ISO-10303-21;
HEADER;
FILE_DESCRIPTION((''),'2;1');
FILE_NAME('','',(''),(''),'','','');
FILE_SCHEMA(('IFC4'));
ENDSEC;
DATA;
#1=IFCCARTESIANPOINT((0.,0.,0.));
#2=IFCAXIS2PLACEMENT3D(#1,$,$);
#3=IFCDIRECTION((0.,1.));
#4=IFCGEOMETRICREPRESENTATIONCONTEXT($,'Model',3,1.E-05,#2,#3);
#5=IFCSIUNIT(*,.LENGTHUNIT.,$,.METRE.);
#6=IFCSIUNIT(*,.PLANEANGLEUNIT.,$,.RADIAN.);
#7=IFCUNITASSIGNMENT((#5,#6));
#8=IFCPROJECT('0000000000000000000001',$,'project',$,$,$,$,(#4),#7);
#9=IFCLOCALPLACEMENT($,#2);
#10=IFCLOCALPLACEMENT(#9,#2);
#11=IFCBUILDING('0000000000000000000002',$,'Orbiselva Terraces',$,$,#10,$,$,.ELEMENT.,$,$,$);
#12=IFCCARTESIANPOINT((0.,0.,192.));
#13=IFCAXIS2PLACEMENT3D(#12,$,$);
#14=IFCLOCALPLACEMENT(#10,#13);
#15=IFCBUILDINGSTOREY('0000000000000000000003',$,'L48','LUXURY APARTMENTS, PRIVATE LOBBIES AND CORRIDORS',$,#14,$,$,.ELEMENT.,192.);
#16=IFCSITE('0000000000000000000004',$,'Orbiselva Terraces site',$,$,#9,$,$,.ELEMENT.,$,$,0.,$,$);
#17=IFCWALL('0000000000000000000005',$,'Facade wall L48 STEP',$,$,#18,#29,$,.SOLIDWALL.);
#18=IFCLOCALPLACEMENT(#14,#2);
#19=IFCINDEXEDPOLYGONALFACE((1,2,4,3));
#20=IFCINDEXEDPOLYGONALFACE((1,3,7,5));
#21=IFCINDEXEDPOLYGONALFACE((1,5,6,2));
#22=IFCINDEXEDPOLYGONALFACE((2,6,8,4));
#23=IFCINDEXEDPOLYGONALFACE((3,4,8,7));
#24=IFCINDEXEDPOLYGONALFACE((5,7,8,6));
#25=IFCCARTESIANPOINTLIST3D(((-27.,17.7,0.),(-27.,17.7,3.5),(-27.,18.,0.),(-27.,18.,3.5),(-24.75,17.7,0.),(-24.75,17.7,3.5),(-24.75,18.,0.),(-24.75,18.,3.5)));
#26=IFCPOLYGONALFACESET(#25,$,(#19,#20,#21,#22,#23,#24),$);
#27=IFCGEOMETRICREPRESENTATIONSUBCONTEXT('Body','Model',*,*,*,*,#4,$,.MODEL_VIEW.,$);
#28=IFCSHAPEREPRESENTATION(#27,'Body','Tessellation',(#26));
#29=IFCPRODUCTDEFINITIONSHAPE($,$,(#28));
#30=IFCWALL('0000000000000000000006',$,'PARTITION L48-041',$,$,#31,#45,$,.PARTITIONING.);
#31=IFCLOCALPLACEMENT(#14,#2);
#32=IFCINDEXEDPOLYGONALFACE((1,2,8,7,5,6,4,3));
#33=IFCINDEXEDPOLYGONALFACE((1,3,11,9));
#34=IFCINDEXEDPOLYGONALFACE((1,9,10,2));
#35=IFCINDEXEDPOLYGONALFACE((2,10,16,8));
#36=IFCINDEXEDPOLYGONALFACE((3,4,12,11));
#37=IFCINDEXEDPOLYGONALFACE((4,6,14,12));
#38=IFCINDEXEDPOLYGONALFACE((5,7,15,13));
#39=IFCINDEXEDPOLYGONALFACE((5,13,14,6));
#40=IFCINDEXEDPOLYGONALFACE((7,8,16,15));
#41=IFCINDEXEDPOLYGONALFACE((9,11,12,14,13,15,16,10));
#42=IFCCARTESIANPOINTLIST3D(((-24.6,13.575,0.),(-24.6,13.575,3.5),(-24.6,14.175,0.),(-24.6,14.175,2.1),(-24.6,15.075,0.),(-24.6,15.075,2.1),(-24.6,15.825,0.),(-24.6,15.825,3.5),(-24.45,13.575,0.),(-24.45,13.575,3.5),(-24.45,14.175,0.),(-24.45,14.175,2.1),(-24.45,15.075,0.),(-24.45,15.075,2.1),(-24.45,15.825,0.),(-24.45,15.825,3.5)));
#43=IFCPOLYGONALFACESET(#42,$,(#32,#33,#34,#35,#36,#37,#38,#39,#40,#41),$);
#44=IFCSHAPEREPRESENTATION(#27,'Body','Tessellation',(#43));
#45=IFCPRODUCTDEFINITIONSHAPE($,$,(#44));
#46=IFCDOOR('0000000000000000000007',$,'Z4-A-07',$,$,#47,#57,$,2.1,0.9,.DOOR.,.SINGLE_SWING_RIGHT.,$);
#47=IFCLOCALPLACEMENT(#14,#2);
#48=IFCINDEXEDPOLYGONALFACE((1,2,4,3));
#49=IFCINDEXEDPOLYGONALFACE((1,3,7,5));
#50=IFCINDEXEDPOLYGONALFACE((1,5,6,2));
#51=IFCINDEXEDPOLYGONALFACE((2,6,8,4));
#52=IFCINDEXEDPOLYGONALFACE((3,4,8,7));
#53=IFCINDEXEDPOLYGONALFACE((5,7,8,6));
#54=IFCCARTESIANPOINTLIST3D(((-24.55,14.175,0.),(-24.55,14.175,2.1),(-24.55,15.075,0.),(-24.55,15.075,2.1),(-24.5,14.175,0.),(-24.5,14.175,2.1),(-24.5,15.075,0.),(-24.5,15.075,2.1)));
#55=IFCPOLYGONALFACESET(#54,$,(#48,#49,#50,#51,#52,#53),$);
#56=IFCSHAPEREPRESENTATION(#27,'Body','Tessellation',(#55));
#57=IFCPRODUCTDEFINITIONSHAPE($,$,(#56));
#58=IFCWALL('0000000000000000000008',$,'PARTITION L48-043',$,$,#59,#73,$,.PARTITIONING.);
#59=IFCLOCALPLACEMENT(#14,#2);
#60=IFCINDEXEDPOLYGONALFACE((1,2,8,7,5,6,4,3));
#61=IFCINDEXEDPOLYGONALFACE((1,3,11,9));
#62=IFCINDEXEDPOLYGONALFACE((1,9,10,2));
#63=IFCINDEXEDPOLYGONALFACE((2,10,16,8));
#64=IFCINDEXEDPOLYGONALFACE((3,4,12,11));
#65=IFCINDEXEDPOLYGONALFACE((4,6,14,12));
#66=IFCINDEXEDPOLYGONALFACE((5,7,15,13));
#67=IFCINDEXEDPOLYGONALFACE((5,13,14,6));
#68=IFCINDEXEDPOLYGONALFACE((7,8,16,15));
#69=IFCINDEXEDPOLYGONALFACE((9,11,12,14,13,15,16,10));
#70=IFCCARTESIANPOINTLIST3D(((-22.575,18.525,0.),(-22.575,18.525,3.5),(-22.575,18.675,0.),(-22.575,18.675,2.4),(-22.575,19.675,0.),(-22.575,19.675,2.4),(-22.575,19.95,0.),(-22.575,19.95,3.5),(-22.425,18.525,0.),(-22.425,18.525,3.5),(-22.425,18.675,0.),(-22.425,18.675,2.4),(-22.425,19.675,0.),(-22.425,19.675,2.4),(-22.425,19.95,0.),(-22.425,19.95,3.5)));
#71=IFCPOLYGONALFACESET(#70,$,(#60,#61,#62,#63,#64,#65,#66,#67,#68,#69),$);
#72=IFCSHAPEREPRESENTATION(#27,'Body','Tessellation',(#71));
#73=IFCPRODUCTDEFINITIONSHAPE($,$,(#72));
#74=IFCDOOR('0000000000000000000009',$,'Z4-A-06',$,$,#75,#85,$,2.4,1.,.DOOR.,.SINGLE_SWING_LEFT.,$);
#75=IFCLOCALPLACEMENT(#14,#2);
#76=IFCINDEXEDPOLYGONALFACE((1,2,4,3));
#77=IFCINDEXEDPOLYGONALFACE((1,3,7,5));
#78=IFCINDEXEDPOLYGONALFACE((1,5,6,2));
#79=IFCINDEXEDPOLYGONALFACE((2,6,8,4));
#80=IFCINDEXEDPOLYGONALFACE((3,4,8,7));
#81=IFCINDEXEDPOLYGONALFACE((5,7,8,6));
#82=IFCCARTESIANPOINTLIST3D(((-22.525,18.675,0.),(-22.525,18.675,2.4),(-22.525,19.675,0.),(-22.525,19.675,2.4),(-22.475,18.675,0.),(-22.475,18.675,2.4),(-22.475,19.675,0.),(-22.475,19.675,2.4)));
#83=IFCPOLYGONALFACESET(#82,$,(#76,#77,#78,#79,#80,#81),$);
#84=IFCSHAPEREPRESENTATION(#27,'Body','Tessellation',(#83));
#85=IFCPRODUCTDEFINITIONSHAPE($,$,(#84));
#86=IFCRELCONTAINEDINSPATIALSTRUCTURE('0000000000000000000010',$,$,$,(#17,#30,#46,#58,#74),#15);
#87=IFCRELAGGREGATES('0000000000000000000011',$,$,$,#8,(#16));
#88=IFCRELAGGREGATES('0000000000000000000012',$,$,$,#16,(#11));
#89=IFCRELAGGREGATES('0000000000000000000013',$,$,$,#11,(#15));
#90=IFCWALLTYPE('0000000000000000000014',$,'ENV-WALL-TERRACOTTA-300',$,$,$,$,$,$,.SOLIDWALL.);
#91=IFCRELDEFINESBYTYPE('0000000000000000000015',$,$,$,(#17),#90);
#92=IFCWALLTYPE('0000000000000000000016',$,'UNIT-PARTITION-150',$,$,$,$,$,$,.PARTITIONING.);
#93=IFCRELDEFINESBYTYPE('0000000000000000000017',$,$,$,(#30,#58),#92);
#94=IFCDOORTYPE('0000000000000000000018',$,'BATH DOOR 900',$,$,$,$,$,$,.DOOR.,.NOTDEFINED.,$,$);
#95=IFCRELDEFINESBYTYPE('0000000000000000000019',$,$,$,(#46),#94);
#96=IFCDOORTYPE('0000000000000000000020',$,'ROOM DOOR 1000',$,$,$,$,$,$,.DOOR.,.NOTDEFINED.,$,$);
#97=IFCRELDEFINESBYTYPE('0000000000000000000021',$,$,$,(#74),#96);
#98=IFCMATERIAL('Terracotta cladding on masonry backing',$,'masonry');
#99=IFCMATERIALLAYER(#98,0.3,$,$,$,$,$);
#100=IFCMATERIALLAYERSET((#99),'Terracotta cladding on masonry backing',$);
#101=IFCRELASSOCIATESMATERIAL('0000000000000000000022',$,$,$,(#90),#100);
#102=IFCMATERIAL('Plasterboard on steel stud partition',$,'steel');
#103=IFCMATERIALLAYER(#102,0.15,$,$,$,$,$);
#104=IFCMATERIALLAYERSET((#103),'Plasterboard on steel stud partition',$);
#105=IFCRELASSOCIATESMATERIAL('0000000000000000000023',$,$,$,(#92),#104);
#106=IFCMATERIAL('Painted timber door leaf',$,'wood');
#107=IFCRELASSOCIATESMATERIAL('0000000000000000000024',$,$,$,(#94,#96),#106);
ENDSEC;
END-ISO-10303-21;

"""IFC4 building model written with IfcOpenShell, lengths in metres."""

from ifc_helpers import new_model, si_unit, direction, frame, frame_2d, origin, place, context, subcontext, project, spatial, rectangle, extrude, material, layer, layer_set, type_object, element, fill, save


model = new_model("IFC4")

# Units and contexts
model_context = context("Model", 3, precision=1e-05, world=origin(), true_north=direction((0.0, 1.0)))
body_context = subcontext(model_context, "Body", "Model", "MODEL_VIEW")
ifc_project = project(units=[si_unit("LENGTHUNIT", "METRE"), si_unit("PLANEANGLEUNIT", "RADIAN")], contexts=[model_context])

# Site, building, storey
site_placement = place(None, origin())
site = spatial("IfcSite", under=ifc_project, at=site_placement, Name="Orbiselva Terraces site", CompositionType="ELEMENT", RefElevation=0.0)
building_placement = place(site_placement, origin())
building = spatial("IfcBuilding", under=site, at=building_placement, Name="Orbiselva Terraces", CompositionType="ELEMENT")
storey_placement = place(building_placement, frame((0.0, 0.0, 192.0)))
storey = spatial("IfcBuildingStorey", under=building, at=storey_placement, Name="L48", Description="LUXURY APARTMENTS, PRIVATE LOBBIES AND CORRIDORS", CompositionType="ELEMENT", Elevation=192.0)

# Shared definitions
ifc_material_1 = material(Name="Terracotta cladding on masonry backing", Category="masonry")
ifc_layer_1 = layer(ifc_material_1, 0.3)
ifc_layer_set_1 = layer_set([ifc_layer_1], Name="Terracotta cladding on masonry backing")
wall_type_1 = type_object("IfcWallType", Name="ENV-WALL-TERRACOTTA-300", PredefinedType="SOLIDWALL", material=ifc_layer_set_1)

# Wall
wall_1_placement = place(storey_placement, frame((-27.0, 17.85, 0.0), z_axis=(0.0, 0.0, 1.0), x_axis=(1.0, 0.0, 0.0)))
element("IfcWall", 1, at=wall_1_placement, inside=storey, type_object=wall_type_1, Name="Facade wall L48 STEP", PredefinedType="SOLIDWALL", context=body_context, shape_type="SweptSolid", body=[
    extrude(rectangle(XDim=2.25, YDim=0.3, at=frame_2d((1.125, 0.0))), origin(), (0.0, 0.0, 1.0), 3.5),
])

# Walls, openings, doors
ifc_material_2 = material(Name="Plasterboard on steel stud partition", Category="steel")
ifc_layer_2 = layer(ifc_material_2, 0.15)
ifc_layer_set_2 = layer_set([ifc_layer_2], Name="Plasterboard on steel stud partition")
wall_type_2 = type_object("IfcWallType", Name="UNIT-PARTITION-150", PredefinedType="PARTITIONING", material=ifc_layer_set_2)
wall_2_placement = place(storey_placement, frame((-24.525, 15.825, 0.0), z_axis=(0.0, 0.0, 1.0), x_axis=(0.0, -1.0, 0.0)))
wall_2 = element("IfcWall", 2, at=wall_2_placement, inside=storey, type_object=wall_type_2, Name="PARTITION L48-041", PredefinedType="PARTITIONING", context=body_context, shape_type="SweptSolid", body=[
    extrude(rectangle(XDim=2.25, YDim=0.15, at=frame_2d((1.125, 0.0))), origin(), (0.0, 0.0, 1.0), 3.5),
])
opening_1_placement = place(wall_2_placement, frame((0.75, 0.0, 0.0)))
opening_1 = element("IfcOpeningElement", 3, at=opening_1_placement, cuts=wall_2, PredefinedType="OPENING", context=body_context, shape_type="SweptSolid", body=[
    extrude(rectangle(XDim=0.9, YDim=2.1, at=frame_2d((0.45, 1.05))), frame((0.0, 0.085, 0.0), z_axis=(0.0, -1.0, 0.0), x_axis=(1.0, 0.0, 0.0)), (0.0, 0.0, 1.0), 0.17),
])
ifc_material_3 = material(Name="Painted timber door leaf", Category="wood")
door_type_1 = type_object("IfcDoorType", Name="BATH DOOR 900", OperationType="NOTDEFINED", PredefinedType="DOOR", material=ifc_material_3)
door_1_placement = place(opening_1_placement, origin())
door_1 = element("IfcDoor", 4, at=door_1_placement, inside=storey, type_object=door_type_1, Name="Z4-A-07", OperationType="SINGLE_SWING_RIGHT", OverallHeight=2.1, OverallWidth=0.9, PredefinedType="DOOR", context=body_context, shape_type="SweptSolid", body=[
    extrude(rectangle(XDim=0.9, YDim=2.1, at=frame_2d((0.45, 1.05))), frame((0.0, 0.025, 0.0), z_axis=(0.0, -1.0, 0.0), x_axis=(1.0, 0.0, 0.0)), (0.0, 0.0, 1.0), 0.05),
])
fill(opening_1, door_1)
wall_3_placement = place(storey_placement, frame((-22.5, 18.525, 0.0), z_axis=(0.0, 0.0, 1.0), x_axis=(0.0, 1.0, 0.0)))
wall_3 = element("IfcWall", 5, at=wall_3_placement, inside=storey, type_object=wall_type_2, Name="PARTITION L48-043", PredefinedType="PARTITIONING", context=body_context, shape_type="SweptSolid", body=[
    extrude(rectangle(XDim=1.425, YDim=0.15, at=frame_2d((0.7125, 0.0))), origin(), (0.0, 0.0, 1.0), 3.5),
])
opening_2_placement = place(wall_3_placement, frame((0.15, 0.0, 0.0)))
opening_2 = element("IfcOpeningElement", 6, at=opening_2_placement, cuts=wall_3, PredefinedType="OPENING", context=body_context, shape_type="SweptSolid", body=[
    extrude(rectangle(XDim=1.0, YDim=2.4, at=frame_2d((0.5, 1.2))), frame((0.0, 0.085, 0.0), z_axis=(0.0, -1.0, 0.0), x_axis=(1.0, 0.0, 0.0)), (0.0, 0.0, 1.0), 0.17),
])
door_type_2 = type_object("IfcDoorType", Name="ROOM DOOR 1000", OperationType="NOTDEFINED", PredefinedType="DOOR", material=ifc_material_3)
door_2_placement = place(opening_2_placement, origin())
door_2 = element("IfcDoor", 7, at=door_2_placement, inside=storey, type_object=door_type_2, Name="Z4-A-06", OperationType="SINGLE_SWING_LEFT", OverallHeight=2.4, OverallWidth=1.0, PredefinedType="DOOR", context=body_context, shape_type="SweptSolid", body=[
    extrude(rectangle(XDim=1.0, YDim=2.4, at=frame_2d((0.5, 1.2))), frame((0.0, 0.025, 0.0), z_axis=(0.0, -1.0, 0.0), x_axis=(1.0, 0.0, 0.0)), (0.0, 0.0, 1.0), 0.05),
])
fill(opening_2, door_2)

save(model, "model.ifc")
